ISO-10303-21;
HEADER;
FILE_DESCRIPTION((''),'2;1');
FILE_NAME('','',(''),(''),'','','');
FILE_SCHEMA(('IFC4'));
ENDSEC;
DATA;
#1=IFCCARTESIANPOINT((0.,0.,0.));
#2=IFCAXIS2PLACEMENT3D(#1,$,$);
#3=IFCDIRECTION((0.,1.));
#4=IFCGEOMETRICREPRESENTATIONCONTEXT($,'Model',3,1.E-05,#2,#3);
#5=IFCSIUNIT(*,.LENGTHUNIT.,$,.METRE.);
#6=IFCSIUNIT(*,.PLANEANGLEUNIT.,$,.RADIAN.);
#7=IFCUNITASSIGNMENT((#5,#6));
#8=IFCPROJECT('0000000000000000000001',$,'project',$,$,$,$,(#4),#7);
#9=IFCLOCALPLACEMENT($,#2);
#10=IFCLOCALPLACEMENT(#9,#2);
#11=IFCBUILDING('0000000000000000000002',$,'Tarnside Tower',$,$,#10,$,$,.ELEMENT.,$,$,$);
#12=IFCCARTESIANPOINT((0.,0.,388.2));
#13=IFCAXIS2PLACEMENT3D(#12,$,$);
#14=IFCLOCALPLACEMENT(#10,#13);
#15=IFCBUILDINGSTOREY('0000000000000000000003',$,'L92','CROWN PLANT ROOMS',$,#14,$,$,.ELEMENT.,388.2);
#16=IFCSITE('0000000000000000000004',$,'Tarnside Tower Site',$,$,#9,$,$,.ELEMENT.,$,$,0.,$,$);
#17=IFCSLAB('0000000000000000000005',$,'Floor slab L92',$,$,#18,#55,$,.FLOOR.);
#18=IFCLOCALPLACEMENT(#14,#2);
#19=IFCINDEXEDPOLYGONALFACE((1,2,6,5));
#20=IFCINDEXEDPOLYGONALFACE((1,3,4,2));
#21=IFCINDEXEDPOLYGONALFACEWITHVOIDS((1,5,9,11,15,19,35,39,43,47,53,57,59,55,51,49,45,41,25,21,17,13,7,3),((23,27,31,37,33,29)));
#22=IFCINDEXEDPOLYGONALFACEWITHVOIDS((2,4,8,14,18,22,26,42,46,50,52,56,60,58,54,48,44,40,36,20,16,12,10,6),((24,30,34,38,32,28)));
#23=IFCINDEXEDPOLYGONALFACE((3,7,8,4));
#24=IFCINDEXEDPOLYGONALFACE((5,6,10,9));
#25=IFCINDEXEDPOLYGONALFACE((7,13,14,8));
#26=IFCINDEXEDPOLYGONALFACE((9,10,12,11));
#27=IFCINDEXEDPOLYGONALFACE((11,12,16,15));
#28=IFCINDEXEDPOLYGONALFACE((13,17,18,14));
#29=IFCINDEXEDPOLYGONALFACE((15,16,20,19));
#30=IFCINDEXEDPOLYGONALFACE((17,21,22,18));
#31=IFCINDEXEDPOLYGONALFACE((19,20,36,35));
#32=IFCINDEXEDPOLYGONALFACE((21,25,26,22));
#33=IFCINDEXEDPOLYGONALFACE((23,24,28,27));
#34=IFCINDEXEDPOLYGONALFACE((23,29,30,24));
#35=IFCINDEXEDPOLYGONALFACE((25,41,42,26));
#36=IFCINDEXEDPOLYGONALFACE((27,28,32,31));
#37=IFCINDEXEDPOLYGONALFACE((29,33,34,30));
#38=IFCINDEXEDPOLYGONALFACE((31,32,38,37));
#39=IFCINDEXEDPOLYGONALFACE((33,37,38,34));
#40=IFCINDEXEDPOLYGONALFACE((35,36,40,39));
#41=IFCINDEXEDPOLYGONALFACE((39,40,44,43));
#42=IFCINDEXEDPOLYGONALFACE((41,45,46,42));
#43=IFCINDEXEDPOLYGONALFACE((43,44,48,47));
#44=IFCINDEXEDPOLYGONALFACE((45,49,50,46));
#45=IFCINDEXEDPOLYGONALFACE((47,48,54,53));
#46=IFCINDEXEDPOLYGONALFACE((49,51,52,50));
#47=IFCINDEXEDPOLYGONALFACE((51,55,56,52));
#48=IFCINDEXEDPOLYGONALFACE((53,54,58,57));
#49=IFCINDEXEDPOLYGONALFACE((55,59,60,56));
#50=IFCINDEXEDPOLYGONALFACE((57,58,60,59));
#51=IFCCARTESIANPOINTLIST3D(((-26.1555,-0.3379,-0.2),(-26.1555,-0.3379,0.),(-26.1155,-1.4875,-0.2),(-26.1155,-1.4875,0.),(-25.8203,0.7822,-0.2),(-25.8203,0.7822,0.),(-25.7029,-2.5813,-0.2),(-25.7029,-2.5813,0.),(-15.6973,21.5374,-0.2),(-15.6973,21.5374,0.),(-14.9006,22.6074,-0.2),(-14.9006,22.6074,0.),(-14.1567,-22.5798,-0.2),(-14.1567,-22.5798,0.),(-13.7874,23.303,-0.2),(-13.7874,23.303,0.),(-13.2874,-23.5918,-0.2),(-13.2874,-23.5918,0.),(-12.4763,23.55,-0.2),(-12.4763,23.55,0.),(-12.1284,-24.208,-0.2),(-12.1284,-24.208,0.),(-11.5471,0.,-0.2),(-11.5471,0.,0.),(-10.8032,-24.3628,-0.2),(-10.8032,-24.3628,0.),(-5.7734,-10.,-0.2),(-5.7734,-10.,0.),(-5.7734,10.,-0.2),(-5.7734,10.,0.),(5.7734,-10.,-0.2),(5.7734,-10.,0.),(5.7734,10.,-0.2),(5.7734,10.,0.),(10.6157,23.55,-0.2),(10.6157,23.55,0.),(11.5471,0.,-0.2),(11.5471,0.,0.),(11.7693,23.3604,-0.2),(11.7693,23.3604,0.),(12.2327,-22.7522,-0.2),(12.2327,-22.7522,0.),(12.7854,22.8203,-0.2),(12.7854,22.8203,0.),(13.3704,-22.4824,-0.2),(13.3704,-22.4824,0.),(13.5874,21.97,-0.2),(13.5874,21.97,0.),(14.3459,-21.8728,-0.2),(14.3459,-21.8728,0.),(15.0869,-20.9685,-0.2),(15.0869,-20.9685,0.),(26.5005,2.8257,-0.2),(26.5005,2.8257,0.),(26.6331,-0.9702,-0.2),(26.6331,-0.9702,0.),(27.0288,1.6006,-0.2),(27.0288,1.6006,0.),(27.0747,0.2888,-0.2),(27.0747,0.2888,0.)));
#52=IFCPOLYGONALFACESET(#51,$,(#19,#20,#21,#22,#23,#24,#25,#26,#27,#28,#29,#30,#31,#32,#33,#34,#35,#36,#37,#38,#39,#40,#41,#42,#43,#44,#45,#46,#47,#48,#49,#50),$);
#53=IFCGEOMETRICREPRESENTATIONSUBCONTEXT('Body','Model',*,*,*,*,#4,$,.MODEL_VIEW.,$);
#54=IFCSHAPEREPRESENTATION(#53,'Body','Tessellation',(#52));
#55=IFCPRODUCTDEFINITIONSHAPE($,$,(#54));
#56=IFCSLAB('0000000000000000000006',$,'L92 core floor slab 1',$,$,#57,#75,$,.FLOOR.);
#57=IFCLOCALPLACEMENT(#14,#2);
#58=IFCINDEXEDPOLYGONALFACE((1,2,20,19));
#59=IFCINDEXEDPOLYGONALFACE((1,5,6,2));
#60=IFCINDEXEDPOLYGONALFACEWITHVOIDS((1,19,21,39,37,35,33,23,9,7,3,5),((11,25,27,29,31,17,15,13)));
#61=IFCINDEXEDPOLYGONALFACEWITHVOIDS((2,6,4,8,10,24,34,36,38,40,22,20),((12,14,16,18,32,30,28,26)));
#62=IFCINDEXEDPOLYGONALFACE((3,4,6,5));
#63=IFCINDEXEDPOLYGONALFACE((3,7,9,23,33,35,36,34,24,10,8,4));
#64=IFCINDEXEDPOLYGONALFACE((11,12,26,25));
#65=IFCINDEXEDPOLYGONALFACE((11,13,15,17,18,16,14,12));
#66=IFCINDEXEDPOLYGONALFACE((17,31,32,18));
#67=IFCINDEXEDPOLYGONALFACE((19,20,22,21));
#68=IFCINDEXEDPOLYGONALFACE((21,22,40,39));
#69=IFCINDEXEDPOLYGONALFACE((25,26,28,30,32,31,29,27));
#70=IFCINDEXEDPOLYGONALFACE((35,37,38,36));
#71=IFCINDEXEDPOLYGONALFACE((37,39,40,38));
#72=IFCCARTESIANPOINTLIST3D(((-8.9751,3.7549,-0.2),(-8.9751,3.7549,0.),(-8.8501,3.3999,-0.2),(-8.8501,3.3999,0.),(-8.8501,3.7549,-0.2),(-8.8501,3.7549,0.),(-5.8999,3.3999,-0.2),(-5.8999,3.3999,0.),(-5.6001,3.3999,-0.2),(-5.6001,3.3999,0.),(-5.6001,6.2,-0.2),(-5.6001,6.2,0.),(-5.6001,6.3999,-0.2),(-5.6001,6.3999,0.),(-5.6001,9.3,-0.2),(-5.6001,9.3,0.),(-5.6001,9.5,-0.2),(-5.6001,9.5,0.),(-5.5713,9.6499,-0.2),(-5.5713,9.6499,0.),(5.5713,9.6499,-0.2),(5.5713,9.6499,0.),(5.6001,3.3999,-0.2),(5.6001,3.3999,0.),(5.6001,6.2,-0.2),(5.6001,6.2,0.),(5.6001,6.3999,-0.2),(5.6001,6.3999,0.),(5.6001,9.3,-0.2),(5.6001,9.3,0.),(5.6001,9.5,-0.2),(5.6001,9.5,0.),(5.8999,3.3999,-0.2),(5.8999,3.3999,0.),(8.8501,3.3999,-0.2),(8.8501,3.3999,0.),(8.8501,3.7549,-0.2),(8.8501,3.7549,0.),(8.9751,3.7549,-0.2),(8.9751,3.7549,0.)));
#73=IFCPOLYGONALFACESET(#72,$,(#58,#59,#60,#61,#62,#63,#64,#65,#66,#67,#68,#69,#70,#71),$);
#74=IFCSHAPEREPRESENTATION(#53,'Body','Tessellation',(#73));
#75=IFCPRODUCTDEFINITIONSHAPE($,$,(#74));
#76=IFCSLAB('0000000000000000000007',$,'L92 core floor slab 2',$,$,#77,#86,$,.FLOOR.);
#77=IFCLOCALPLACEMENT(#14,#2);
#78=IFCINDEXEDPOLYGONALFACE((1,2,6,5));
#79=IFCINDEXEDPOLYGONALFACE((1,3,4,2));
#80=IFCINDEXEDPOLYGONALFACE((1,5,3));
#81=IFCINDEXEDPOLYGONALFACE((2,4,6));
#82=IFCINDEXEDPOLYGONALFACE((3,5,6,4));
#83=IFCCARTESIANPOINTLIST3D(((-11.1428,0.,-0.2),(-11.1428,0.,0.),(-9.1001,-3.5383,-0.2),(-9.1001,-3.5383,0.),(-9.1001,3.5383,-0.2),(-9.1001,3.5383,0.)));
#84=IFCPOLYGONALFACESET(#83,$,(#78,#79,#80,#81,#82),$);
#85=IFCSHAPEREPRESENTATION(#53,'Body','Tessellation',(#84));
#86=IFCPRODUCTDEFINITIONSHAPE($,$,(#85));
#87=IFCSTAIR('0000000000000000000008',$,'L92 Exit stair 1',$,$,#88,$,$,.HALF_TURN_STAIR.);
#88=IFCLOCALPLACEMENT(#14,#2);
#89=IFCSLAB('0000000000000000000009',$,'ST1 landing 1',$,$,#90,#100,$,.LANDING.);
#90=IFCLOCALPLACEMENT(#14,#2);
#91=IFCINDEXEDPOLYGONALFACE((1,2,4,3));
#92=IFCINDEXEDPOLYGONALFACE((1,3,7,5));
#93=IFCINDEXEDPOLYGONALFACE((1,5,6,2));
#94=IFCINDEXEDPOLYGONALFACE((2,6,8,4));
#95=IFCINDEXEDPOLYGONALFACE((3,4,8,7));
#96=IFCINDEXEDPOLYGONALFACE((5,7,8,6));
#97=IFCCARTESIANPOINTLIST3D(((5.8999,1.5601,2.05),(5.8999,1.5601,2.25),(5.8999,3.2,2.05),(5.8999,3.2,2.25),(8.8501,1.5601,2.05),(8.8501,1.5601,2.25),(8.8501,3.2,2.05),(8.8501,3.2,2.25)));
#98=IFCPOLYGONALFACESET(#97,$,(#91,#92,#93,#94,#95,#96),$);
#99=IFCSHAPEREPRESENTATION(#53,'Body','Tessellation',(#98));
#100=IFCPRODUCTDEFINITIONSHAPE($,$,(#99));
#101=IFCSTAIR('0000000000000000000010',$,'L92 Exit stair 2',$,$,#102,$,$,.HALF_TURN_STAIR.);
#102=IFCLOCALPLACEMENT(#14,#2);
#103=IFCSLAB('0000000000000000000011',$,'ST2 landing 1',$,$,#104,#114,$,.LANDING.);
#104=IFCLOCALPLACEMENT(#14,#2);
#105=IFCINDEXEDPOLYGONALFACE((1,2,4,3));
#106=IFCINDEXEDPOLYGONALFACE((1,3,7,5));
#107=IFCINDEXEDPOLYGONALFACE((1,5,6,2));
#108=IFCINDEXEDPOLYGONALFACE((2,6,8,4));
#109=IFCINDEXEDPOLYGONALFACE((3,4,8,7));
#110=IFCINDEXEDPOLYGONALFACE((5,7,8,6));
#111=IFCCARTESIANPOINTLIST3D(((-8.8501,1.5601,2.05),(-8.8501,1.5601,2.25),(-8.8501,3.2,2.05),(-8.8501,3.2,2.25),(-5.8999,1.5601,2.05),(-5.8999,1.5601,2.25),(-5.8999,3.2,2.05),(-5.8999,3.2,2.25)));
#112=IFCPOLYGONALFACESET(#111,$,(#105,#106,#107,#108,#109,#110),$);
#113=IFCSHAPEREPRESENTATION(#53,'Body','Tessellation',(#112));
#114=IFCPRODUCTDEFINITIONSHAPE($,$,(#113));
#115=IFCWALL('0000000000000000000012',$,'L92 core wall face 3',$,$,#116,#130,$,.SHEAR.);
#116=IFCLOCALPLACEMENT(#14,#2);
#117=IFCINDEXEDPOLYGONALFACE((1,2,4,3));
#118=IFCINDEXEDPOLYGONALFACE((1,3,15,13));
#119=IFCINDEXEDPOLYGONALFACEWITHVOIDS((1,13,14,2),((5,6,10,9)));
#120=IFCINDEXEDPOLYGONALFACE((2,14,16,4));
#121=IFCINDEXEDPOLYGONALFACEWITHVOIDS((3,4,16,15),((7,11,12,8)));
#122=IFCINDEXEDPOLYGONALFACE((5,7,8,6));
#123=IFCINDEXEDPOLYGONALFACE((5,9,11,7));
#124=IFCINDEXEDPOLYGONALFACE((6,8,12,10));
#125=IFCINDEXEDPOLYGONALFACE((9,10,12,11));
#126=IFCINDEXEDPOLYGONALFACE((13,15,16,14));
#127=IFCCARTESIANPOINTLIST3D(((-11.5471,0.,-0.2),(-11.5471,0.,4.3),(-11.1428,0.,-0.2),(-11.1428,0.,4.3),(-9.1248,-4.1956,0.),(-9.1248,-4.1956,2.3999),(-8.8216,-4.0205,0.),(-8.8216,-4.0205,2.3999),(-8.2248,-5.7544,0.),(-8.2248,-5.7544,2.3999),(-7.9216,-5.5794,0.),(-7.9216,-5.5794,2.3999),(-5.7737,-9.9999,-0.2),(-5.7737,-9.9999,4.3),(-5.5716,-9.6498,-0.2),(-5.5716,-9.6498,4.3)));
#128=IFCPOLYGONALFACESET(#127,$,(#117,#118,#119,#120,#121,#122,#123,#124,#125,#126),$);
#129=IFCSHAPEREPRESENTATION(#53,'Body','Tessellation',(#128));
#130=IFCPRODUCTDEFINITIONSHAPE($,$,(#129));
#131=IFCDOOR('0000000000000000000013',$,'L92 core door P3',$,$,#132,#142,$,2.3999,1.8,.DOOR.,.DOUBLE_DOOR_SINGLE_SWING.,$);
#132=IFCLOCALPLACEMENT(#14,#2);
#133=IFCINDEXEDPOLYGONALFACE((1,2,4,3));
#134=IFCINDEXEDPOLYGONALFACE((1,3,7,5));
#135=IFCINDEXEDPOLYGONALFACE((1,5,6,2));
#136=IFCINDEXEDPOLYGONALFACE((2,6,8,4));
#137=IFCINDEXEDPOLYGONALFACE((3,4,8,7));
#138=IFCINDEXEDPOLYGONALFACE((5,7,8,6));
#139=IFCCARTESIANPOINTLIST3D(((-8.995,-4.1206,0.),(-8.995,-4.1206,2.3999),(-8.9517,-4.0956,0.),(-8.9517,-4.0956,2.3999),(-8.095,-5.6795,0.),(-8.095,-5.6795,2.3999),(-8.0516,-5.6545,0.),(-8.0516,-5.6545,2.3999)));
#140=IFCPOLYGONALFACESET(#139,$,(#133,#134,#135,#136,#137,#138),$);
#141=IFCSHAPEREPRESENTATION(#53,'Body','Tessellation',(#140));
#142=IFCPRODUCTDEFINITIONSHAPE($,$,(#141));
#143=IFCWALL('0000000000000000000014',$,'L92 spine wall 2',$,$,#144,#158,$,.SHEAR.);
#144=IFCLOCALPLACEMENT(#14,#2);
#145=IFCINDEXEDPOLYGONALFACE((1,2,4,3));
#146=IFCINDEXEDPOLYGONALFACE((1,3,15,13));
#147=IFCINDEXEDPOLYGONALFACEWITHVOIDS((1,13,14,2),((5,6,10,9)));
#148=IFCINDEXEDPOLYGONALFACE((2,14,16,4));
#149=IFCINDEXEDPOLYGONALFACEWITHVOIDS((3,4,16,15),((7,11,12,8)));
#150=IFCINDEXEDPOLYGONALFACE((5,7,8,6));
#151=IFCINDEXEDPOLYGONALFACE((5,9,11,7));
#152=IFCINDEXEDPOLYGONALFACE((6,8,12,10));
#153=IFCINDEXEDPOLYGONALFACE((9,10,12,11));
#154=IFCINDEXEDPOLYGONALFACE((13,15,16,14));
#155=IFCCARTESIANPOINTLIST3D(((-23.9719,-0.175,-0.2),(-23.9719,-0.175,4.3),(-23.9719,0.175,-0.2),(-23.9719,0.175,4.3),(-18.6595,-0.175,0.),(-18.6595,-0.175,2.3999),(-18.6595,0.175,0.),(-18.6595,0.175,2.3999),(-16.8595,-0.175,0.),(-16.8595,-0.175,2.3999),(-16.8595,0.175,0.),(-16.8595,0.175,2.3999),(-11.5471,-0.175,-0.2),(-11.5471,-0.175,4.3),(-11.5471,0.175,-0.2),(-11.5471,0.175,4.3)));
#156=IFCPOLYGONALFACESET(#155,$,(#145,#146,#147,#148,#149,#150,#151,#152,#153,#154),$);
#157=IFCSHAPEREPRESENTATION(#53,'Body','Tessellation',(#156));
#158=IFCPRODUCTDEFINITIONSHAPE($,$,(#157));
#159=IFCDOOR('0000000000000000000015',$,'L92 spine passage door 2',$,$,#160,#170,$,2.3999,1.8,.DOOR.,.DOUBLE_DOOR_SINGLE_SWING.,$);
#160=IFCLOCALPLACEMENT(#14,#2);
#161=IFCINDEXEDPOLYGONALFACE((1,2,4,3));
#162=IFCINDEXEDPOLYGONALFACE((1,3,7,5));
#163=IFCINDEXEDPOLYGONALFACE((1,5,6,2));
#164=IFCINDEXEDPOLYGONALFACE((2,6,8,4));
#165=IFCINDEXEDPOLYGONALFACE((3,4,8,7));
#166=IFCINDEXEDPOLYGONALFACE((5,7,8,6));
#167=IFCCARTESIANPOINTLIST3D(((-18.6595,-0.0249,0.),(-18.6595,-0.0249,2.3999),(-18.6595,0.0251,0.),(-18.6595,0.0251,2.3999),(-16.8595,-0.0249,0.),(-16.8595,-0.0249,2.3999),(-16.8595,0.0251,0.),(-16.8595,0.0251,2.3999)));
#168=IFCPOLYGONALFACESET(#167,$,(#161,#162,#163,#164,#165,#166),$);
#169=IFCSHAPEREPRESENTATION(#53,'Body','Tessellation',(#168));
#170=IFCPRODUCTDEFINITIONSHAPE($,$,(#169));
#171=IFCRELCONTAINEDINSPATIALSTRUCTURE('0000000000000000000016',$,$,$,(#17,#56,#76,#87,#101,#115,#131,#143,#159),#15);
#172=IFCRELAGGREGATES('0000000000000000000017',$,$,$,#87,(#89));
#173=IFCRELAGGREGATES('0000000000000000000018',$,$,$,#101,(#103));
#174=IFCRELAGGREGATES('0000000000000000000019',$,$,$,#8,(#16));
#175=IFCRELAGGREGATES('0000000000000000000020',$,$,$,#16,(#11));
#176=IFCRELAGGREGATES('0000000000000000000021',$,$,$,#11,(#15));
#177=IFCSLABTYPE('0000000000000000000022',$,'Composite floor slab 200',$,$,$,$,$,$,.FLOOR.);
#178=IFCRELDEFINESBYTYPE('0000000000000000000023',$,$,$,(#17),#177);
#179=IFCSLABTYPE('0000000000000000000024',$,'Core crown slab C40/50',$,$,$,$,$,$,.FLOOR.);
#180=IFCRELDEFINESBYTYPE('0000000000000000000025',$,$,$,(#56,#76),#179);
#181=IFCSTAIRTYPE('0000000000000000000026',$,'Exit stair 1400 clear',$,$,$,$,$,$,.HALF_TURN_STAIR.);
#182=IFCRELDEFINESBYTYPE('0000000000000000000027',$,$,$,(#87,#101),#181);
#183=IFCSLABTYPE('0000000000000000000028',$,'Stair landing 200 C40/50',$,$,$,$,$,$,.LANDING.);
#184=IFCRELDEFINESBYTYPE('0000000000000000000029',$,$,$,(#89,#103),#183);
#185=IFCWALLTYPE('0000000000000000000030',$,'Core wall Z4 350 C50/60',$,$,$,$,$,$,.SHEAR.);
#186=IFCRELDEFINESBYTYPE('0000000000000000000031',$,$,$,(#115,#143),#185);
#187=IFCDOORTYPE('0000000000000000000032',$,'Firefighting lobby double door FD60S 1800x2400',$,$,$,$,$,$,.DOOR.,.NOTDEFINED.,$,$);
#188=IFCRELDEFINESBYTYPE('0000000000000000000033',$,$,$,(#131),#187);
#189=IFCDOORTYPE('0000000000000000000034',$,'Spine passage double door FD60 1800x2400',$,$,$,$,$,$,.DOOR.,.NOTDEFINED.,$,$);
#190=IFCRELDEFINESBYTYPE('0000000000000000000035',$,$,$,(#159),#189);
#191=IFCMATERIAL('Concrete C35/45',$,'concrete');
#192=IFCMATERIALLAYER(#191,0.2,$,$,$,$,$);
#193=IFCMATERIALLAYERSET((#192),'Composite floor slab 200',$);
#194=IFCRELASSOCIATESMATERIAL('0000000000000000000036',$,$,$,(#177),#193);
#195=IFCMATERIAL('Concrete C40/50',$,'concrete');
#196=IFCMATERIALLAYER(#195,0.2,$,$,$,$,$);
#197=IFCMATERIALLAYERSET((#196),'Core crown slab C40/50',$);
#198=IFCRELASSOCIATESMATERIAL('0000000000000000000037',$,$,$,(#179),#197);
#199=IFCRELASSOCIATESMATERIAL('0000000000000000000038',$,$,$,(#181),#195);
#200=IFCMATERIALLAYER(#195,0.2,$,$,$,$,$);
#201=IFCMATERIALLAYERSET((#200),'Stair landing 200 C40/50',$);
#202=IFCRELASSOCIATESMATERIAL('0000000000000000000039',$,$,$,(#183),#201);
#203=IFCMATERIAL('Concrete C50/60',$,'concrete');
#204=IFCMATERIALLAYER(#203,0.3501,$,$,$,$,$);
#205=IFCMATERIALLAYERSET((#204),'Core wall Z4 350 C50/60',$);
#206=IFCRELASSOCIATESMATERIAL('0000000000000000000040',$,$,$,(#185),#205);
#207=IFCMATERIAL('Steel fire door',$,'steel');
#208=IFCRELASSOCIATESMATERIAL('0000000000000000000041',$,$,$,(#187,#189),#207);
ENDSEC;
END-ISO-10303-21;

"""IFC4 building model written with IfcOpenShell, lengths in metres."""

from ifc_helpers import new_model, si_unit, direction, frame, frame_2d, origin, place, context, subcontext, project, spatial, polyline, rectangle, outline, extrude, material, layer, layer_set, type_object, element, fill, aggregate, save


model = new_model("IFC4")

# Units and contexts
model_context = context("Model", 3, precision=1e-05, world=origin(), true_north=direction((0.0, 1.0)))
body_context = subcontext(model_context, "Body", "Model", "MODEL_VIEW")
ifc_project = project(units=[si_unit("LENGTHUNIT", "METRE"), si_unit("PLANEANGLEUNIT", "RADIAN")], contexts=[model_context])

# Site, building, storey
site_placement = place(None, origin())
site = spatial("IfcSite", under=ifc_project, at=site_placement, Name="Tarnside Tower Site", CompositionType="ELEMENT", RefElevation=0.0)
building_placement = place(site_placement, origin())
building = spatial("IfcBuilding", under=site, at=building_placement, Name="Tarnside Tower", CompositionType="ELEMENT")
storey_placement = place(building_placement, frame((0.0, 0.0, 388.2)))
storey = spatial("IfcBuildingStorey", under=building, at=storey_placement, Name="L92", Description="CROWN PLANT ROOMS", CompositionType="ELEMENT", Elevation=388.2)

# Slabs
ifc_material_1 = material(Name="Concrete C35/45", Category="concrete")
ifc_layer_1 = layer(ifc_material_1, 0.2)
ifc_layer_set_1 = layer_set([ifc_layer_1], Name="Composite floor slab 200")
slab_type_1 = type_object("IfcSlabType", Name="Composite floor slab 200", PredefinedType="FLOOR", material=ifc_layer_set_1)
slab_1_placement = place(storey_placement, frame((0.0, 0.0, -0.2)))
element("IfcSlab", 1, at=slab_1_placement, inside=storey, type_object=slab_type_1, Name="Floor slab L92", PredefinedType="FLOOR", context=body_context, shape_type="SweptSolid", body=[
    extrude(outline(polyline([(11.7693, 23.3604), (12.7854, 22.8203), (13.5874, 21.97), (26.5005, 2.8257), (27.0288, 1.6006), (27.0747, 0.2888), (26.6331, -0.9702), (15.0869, -20.9685), (14.3459, -21.8728), (13.3704, -22.4824), (12.2327, -22.7522), (-10.8032, -24.3628), (-12.1284, -24.208), (-13.2874, -23.5918), (-14.1567, -22.5798), (-25.7029, -2.5813), (-26.1155, -1.4875), (-26.1555, -0.3379), (-25.8203, 0.7822), (-15.6973, 21.5374), (-14.9006, 22.6074), (-13.7874, 23.303), (-12.4763, 23.55), (10.6157, 23.55), (11.7693, 23.3604)]), holes=[polyline([(-11.5471, 0.0), (-5.7734, -10.0), (5.7734, -10.0), (11.5471, 0.0), (5.7734, 10.0), (-5.7734, 10.0), (-11.5471, 0.0)])]), origin(), (0.0, 0.0, 1.0), 0.2),
])
ifc_material_2 = material(Name="Concrete C40/50", Category="concrete")
ifc_layer_2 = layer(ifc_material_2, 0.2)
ifc_layer_set_2 = layer_set([ifc_layer_2], Name="Core crown slab C40/50")
slab_type_2 = type_object("IfcSlabType", Name="Core crown slab C40/50", PredefinedType="FLOOR", material=ifc_layer_set_2)
slab_2_placement = place(storey_placement, frame((0.0, 0.0, -0.2)))
element("IfcSlab", 2, at=slab_2_placement, inside=storey, type_object=slab_type_2, Name="L92 core floor slab 1", PredefinedType="FLOOR", context=body_context, shape_type="SweptSolid", body=[
    extrude(outline(polyline([(5.5713, 9.6499), (8.9751, 3.7549), (8.8501, 3.7549), (8.8501, 3.3999), (5.8999, 3.3999), (5.6001, 3.3999), (-5.6001, 3.3999), (-5.8999, 3.3999), (-8.8501, 3.3999), (-8.8501, 3.7549), (-8.9751, 3.7549), (-5.5713, 9.6499), (5.5713, 9.6499)]), holes=[polyline([(-5.6001, 6.2), (5.6001, 6.2), (5.6001, 6.3999), (5.6001, 9.3), (5.6001, 9.5), (-5.6001, 9.5), (-5.6001, 9.3), (-5.6001, 6.3999), (-5.6001, 6.2)])]), origin(), (0.0, 0.0, 1.0), 0.2),
])
slab_3_placement = place(storey_placement, frame((0.0, 0.0, -0.2)))
element("IfcSlab", 3, at=slab_3_placement, inside=storey, type_object=slab_type_2, Name="L92 core floor slab 2", PredefinedType="FLOOR", context=body_context, shape_type="SweptSolid", body=[
    extrude(outline(polyline([(-9.1001, -3.5383), (-11.1428, 0.0), (-9.1001, 3.5383), (-9.1001, -3.5383)])), origin(), (0.0, 0.0, 1.0), 0.2),
])

# Stairs, slabs
stair_type = type_object("IfcStairType", Name="Exit stair 1400 clear", PredefinedType="HALF_TURN_STAIR", material=ifc_material_2)
stair_1_placement = place(storey_placement, origin())
stair_1 = element("IfcStair", 4, at=stair_1_placement, inside=storey, type_object=stair_type, Name="L92 Exit stair 1", PredefinedType="HALF_TURN_STAIR")
ifc_layer_3 = layer(ifc_material_2, 0.2)
ifc_layer_set_3 = layer_set([ifc_layer_3], Name="Stair landing 200 C40/50")
slab_type_3 = type_object("IfcSlabType", Name="Stair landing 200 C40/50", PredefinedType="LANDING", material=ifc_layer_set_3)
slab_4_placement = place(storey_placement, frame((0.0, 0.0, 2.05)))
slab_4 = element("IfcSlab", 5, at=slab_4_placement, type_object=slab_type_3, Name="ST1 landing 1", PredefinedType="LANDING", context=body_context, shape_type="SweptSolid", body=[
    extrude(outline(polyline([(8.8501, 1.5601), (8.8501, 3.2), (5.8999, 3.2), (5.8999, 1.5601), (8.8501, 1.5601)])), origin(), (0.0, 0.0, 1.0), 0.2),
])
aggregate(stair_1, [slab_4])
stair_2_placement = place(storey_placement, origin())
stair_2 = element("IfcStair", 6, at=stair_2_placement, inside=storey, type_object=stair_type, Name="L92 Exit stair 2", PredefinedType="HALF_TURN_STAIR")
slab_5_placement = place(storey_placement, frame((0.0, 0.0, 2.05)))
slab_5 = element("IfcSlab", 7, at=slab_5_placement, type_object=slab_type_3, Name="ST2 landing 1", PredefinedType="LANDING", context=body_context, shape_type="SweptSolid", body=[
    extrude(outline(polyline([(-5.8999, 1.5601), (-5.8999, 3.2), (-8.8501, 3.2), (-8.8501, 1.5601), (-5.8999, 1.5601)])), origin(), (0.0, 0.0, 1.0), 0.2),
])

# Walls, openings, doors
ifc_material_3 = material(Name="Concrete C50/60", Category="concrete")
ifc_layer_4 = layer(ifc_material_3, 0.3501)
ifc_layer_set_4 = layer_set([ifc_layer_4], Name="Core wall Z4 350 C50/60")
wall_type_1 = type_object("IfcWallType", Name="Core wall Z4 350 C50/60", PredefinedType="SHEAR", material=ifc_layer_set_4)
wall_1_placement = place(storey_placement, frame((-11.345, 0.0, -0.2), z_axis=(0.0, 0.0, 1.0), x_axis=(0.499995, -0.866028, 0.0)))
wall_1 = element("IfcWall", 8, at=wall_1_placement, inside=storey, type_object=wall_type_1, Name="L92 core wall face 3", PredefinedType="SHEAR", context=body_context, shape_type="SweptSolid", body=[
    extrude(outline(polyline([(-0.1011, -0.175), (11.4458, -0.175), (11.2437, 0.175), (0.1011, 0.175), (-0.1011, -0.175)])), origin(), (0.0, 0.0, 1.0), 4.5),
])
opening_1_placement = place(wall_1_placement, frame((4.7437, 0.0, 0.2)))
opening_1 = element("IfcOpeningElement", 9, at=opening_1_placement, cuts=wall_1, PredefinedType="OPENING", context=body_context, shape_type="SweptSolid", body=[
    extrude(rectangle(XDim=1.8, YDim=2.3999, at=frame_2d((0.8999, 1.2))), frame((0.0, 0.1851, 0.0), z_axis=(0.0, -1.0, 0.0), x_axis=(1.0, 0.0, 0.0)), (0.0, 0.0, 1.0), 0.3701),
])
ifc_material_4 = material(Name="Steel fire door", Category="steel")
door_type_1 = type_object("IfcDoorType", Name="Firefighting lobby double door FD60S 1800x2400", OperationType="NOTDEFINED", PredefinedType="DOOR", material=ifc_material_4)
door_1_placement = place(opening_1_placement, origin())
door_1 = element("IfcDoor", 10, at=door_1_placement, inside=storey, type_object=door_type_1, Name="L92 core door P3", OperationType="DOUBLE_DOOR_SINGLE_SWING", OverallHeight=2.3999, OverallWidth=1.8, PredefinedType="DOOR", context=body_context, shape_type="SweptSolid", body=[
    extrude(rectangle(XDim=1.8, YDim=2.3999, at=frame_2d((0.8999, 1.2))), frame((0.0, 0.0249, 0.0), z_axis=(0.0, -1.0, 0.0), x_axis=(1.0, 0.0, 0.0)), (0.0, 0.0, 1.0), 0.05),
])
fill(opening_1, door_1)
wall_2_placement = place(storey_placement, frame((-11.5471, 0.0, -0.2), z_axis=(0.0, 0.0, 1.0), x_axis=(-1.0, 0.0, 0.0)))
wall_2 = element("IfcWall", 11, at=wall_2_placement, inside=storey, type_object=wall_type_1, Name="L92 spine wall 2", PredefinedType="SHEAR", context=body_context, shape_type="SweptSolid", body=[
    extrude(rectangle(XDim=12.4248, YDim=0.3501, at=frame_2d((6.2124, 0.0))), origin(), (0.0, 0.0, 1.0), 4.5),
])
opening_2_placement = place(wall_2_placement, frame((5.3125, 0.0, 0.2)))
opening_2 = element("IfcOpeningElement", 12, at=opening_2_placement, cuts=wall_2, PredefinedType="OPENING", context=body_context, shape_type="SweptSolid", body=[
    extrude(rectangle(XDim=1.8, YDim=2.3999, at=frame_2d((0.8999, 1.2))), frame((0.0, 0.1851, 0.0), z_axis=(0.0, -1.0, 0.0), x_axis=(1.0, 0.0, 0.0)), (0.0, 0.0, 1.0), 0.3701),
])
door_type_2 = type_object("IfcDoorType", Name="Spine passage double door FD60 1800x2400", OperationType="NOTDEFINED", PredefinedType="DOOR", material=ifc_material_4)
door_2_placement = place(opening_2_placement, origin())
door_2 = element("IfcDoor", 13, at=door_2_placement, inside=storey, type_object=door_type_2, Name="L92 spine passage door 2", OperationType="DOUBLE_DOOR_SINGLE_SWING", OverallHeight=2.3999, OverallWidth=1.8, PredefinedType="DOOR", context=body_context, shape_type="SweptSolid", body=[
    extrude(rectangle(XDim=1.8, YDim=2.3999, at=frame_2d((0.8999, 1.2))), frame((0.0, 0.0249, 0.0), z_axis=(0.0, -1.0, 0.0), x_axis=(1.0, 0.0, 0.0)), (0.0, 0.0, 1.0), 0.05),
])
fill(opening_2, door_2)

aggregate(stair_2, [slab_5])

save(model, "model.ifc")
